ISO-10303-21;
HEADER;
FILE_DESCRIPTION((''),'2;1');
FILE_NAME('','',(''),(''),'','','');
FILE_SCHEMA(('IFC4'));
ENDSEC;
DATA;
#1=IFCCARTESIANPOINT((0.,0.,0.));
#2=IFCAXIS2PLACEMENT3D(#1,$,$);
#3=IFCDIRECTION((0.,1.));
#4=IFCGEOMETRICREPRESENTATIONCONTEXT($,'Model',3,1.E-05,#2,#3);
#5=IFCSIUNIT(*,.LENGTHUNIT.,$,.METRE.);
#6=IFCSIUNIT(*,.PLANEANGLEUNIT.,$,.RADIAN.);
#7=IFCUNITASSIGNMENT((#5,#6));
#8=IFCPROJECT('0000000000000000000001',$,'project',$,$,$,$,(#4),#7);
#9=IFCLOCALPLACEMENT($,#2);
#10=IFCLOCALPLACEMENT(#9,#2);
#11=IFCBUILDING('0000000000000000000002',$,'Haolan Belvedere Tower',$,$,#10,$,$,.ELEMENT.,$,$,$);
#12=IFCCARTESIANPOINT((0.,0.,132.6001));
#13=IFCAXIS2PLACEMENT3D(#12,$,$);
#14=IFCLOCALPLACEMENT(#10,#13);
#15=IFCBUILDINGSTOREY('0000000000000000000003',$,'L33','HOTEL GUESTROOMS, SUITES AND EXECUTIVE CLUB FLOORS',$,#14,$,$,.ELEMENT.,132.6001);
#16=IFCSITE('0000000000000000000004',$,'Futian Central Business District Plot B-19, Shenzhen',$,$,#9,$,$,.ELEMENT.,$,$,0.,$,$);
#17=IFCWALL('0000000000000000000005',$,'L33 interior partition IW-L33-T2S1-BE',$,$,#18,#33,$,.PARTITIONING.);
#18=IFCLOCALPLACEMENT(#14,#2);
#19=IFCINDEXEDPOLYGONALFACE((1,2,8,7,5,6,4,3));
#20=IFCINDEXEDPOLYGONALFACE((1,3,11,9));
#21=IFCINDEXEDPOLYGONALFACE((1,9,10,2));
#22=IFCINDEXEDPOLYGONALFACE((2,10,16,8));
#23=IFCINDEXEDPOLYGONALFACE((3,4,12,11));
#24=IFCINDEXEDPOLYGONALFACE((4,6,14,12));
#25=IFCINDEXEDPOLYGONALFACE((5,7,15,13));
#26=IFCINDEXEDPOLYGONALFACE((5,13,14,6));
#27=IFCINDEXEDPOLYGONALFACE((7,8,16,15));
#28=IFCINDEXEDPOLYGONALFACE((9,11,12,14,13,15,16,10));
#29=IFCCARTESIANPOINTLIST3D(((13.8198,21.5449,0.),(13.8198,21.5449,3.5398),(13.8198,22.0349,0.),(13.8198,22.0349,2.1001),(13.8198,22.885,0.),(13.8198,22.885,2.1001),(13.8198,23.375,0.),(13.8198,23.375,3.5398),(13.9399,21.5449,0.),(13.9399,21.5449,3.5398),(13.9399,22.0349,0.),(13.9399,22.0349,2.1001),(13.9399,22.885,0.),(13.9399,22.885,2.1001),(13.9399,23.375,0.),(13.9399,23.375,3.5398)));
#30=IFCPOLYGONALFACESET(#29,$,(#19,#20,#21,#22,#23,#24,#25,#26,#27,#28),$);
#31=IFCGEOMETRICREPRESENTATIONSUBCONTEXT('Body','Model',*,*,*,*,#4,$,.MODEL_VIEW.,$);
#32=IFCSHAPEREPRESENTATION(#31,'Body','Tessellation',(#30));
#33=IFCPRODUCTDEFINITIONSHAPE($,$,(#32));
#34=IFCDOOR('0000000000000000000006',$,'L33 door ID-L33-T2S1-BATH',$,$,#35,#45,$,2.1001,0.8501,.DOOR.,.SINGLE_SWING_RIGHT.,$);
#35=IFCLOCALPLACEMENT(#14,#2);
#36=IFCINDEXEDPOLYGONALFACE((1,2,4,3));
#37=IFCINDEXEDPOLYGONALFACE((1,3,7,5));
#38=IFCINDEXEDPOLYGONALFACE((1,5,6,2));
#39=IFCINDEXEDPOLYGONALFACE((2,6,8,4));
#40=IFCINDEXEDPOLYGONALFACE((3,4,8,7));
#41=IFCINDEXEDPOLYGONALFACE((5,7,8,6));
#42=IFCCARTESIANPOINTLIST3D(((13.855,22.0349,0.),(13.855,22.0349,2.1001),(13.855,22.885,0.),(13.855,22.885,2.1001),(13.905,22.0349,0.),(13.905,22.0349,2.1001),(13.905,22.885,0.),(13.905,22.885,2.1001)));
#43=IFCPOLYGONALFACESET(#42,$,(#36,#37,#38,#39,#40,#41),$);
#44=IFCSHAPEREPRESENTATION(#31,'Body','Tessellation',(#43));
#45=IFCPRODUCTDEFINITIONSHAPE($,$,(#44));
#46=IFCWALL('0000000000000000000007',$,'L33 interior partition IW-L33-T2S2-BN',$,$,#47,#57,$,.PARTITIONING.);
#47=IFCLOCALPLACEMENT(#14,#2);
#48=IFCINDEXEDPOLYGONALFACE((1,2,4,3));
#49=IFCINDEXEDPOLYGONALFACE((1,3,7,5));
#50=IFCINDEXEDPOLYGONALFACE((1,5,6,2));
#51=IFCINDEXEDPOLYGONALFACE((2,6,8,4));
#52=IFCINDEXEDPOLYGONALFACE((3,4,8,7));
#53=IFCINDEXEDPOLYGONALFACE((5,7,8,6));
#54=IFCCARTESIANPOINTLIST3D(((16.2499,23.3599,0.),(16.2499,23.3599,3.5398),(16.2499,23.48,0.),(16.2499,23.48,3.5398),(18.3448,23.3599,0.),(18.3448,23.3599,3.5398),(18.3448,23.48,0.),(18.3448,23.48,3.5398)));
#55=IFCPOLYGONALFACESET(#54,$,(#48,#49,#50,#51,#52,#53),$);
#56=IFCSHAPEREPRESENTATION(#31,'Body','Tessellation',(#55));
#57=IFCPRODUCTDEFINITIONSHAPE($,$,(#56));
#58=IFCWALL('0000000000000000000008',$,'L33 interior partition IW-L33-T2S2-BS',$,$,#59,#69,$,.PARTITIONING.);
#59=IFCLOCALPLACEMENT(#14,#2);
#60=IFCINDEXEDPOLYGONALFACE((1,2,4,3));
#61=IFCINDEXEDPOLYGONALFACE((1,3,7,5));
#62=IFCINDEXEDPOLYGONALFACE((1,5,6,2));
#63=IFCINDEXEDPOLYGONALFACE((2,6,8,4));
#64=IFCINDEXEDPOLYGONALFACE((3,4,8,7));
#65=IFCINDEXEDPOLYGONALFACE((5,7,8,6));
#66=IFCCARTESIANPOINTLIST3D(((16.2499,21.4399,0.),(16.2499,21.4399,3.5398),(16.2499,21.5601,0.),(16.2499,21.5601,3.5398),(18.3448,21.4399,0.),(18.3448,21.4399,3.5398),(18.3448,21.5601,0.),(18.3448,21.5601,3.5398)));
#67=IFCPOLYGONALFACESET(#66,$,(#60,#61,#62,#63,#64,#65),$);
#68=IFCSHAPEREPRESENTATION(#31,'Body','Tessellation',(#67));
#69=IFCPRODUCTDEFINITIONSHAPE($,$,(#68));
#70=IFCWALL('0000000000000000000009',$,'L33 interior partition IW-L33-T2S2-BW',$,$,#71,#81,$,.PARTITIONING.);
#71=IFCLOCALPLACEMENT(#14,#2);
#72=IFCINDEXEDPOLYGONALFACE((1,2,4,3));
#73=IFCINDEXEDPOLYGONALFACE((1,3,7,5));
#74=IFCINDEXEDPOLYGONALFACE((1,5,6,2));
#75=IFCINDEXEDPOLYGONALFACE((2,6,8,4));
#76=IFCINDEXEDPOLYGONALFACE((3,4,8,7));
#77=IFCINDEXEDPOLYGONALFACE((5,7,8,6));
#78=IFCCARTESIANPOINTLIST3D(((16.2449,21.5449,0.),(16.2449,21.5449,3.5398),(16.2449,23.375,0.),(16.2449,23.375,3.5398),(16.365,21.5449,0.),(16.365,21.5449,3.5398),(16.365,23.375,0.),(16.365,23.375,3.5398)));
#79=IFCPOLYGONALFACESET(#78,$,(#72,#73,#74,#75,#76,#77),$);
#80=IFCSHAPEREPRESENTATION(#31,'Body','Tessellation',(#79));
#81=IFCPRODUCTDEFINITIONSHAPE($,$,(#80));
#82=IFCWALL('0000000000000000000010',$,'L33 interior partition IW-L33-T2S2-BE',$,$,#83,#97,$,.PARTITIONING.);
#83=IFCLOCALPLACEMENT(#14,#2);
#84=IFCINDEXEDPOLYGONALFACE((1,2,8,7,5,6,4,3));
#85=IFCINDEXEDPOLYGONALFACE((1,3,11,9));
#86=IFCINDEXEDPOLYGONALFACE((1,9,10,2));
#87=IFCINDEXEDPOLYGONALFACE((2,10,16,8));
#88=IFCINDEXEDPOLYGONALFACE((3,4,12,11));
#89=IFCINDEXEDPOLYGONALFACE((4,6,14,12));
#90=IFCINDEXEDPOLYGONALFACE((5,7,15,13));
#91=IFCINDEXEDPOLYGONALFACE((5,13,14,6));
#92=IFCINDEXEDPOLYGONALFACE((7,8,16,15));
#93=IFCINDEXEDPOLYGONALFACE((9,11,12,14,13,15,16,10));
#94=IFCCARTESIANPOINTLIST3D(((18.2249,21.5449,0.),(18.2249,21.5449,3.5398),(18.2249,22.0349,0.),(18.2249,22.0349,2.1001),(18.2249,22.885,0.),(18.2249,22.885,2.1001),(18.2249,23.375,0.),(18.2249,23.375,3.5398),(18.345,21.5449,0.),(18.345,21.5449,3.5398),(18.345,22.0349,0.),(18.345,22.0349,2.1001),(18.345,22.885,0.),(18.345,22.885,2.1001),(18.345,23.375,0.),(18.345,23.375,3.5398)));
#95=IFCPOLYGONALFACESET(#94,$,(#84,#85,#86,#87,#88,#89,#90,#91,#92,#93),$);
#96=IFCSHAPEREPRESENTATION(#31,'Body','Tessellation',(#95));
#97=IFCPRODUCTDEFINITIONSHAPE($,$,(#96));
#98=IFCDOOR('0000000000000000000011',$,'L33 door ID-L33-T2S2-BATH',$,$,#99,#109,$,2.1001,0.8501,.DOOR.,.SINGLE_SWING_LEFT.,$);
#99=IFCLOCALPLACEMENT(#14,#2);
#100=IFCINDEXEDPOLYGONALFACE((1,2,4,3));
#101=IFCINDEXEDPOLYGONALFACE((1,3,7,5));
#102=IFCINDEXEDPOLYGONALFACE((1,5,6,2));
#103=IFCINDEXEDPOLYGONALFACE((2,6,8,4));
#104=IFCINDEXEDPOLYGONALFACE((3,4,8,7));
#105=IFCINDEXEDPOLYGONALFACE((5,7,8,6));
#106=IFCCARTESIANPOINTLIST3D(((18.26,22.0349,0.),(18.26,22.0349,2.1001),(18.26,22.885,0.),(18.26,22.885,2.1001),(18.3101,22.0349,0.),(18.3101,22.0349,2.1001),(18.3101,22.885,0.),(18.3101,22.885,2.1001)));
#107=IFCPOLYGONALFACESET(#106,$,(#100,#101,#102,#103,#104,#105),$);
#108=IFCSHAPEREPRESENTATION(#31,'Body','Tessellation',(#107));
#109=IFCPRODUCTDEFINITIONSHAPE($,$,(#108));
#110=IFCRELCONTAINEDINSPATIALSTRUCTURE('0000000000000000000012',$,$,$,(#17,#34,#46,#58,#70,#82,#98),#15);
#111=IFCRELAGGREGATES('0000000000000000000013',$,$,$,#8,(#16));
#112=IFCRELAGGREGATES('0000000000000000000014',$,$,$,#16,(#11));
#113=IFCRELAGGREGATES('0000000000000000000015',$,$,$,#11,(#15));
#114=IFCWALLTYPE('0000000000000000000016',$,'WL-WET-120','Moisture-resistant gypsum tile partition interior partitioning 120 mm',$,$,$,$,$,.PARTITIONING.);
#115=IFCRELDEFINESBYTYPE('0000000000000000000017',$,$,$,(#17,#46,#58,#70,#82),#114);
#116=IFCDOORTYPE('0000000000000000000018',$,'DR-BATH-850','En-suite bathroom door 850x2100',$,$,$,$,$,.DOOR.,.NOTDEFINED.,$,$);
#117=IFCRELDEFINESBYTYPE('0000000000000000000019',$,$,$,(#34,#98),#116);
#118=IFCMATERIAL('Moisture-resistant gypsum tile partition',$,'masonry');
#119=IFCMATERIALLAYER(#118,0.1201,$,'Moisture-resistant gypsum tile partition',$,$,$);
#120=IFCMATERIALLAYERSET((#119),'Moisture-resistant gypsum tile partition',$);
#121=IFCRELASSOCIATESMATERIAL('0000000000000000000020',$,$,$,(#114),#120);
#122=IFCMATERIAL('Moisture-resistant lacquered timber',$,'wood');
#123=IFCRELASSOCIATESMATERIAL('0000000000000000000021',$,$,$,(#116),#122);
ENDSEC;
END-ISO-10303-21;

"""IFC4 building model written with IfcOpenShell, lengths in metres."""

from ifc_helpers import new_model, si_unit, direction, frame, frame_2d, origin, place, context, subcontext, project, spatial, rectangle, extrude, material, layer, layer_set, type_object, element, fill, save


model = new_model("IFC4")

# Units and contexts
model_context = context("Model", 3, precision=1e-05, world=origin(), true_north=direction((0.0, 1.0)))
body_context = subcontext(model_context, "Body", "Model", "MODEL_VIEW")
ifc_project = project(units=[si_unit("LENGTHUNIT", "METRE"), si_unit("PLANEANGLEUNIT", "RADIAN")], contexts=[model_context])

# Site, building, storey
site_placement = place(None, origin())
site = spatial("IfcSite", under=ifc_project, at=site_placement, Name="Futian Central Business District Plot B-19, Shenzhen", CompositionType="ELEMENT", RefElevation=0.0)
building_placement = place(site_placement, origin())
building = spatial("IfcBuilding", under=site, at=building_placement, Name="Haolan Belvedere Tower", CompositionType="ELEMENT")
storey_placement = place(building_placement, frame((0.0, 0.0, 132.6001)))
storey = spatial("IfcBuildingStorey", under=building, at=storey_placement, Name="L33", Description="HOTEL GUESTROOMS, SUITES AND EXECUTIVE CLUB FLOORS", CompositionType="ELEMENT", Elevation=132.6001)

# Shared definitions
ifc_material_1 = material(Name="Moisture-resistant gypsum tile partition", Category="masonry")
ifc_layer_1 = layer(ifc_material_1, 0.1201, Name="Moisture-resistant gypsum tile partition")
ifc_layer_set_1 = layer_set([ifc_layer_1], Name="Moisture-resistant gypsum tile partition")
wall_type_1 = type_object("IfcWallType", Name="WL-WET-120", Description="Moisture-resistant gypsum tile partition interior partitioning 120 mm", PredefinedType="PARTITIONING", material=ifc_layer_set_1)

# Wall, opening, door
wall_1_placement = place(storey_placement, frame((13.8799, 21.5449, 0.0), z_axis=(0.0, 0.0, 1.0), x_axis=(0.0, 1.0, 0.0)))
wall_1 = element("IfcWall", 1, at=wall_1_placement, inside=storey, type_object=wall_type_1, Name="L33 interior partition IW-L33-T2S1-BE", PredefinedType="PARTITIONING", context=body_context, shape_type="SweptSolid", body=[
    extrude(rectangle(XDim=1.8301, YDim=0.1201, at=frame_2d((0.915, 0.0))), origin(), (0.0, 0.0, 1.0), 3.5398),
])
opening_1_placement = place(wall_1_placement, frame((0.49, 0.0, 0.0)))
opening_1 = element("IfcOpeningElement", 2, at=opening_1_placement, cuts=wall_1, PredefinedType="OPENING", context=body_context, shape_type="SweptSolid", body=[
    extrude(rectangle(XDim=0.8501, YDim=2.1001, at=frame_2d((0.425, 1.05))), frame((0.0, 0.0701, 0.0), z_axis=(0.0, -1.0, 0.0), x_axis=(1.0, 0.0, 0.0)), (0.0, 0.0, 1.0), 0.1401),
])
ifc_material_2 = material(Name="Moisture-resistant lacquered timber", Category="wood")
door_type_1 = type_object("IfcDoorType", Name="DR-BATH-850", Description="En-suite bathroom door 850x2100", OperationType="NOTDEFINED", PredefinedType="DOOR", material=ifc_material_2)
door_1_placement = place(opening_1_placement, origin())
door_1 = element("IfcDoor", 3, at=door_1_placement, inside=storey, type_object=door_type_1, Name="L33 door ID-L33-T2S1-BATH", OperationType="SINGLE_SWING_RIGHT", OverallHeight=2.1001, OverallWidth=0.8501, PredefinedType="DOOR", context=body_context, shape_type="SweptSolid", body=[
    extrude(rectangle(XDim=0.8501, YDim=2.1001, at=frame_2d((0.425, 1.05))), frame((0.0, 0.0249, 0.0), z_axis=(0.0, -1.0, 0.0), x_axis=(1.0, 0.0, 0.0)), (0.0, 0.0, 1.0), 0.05),
])
fill(opening_1, door_1)

# Walls
for number, where, z_axis, x_axis, name in (
    (4, (16.25, 23.4199, 0.0), (0.0, 0.0, 1.0), (1.0, 0.0, 0.0), "L33 interior partition IW-L33-T2S2-BN"),
    (5, (16.25, 21.5, 0.0), (0.0, 0.0, 1.0), (1.0, 0.0, 0.0), "L33 interior partition IW-L33-T2S2-BS"),
):
    element("IfcWall", number, at=place(storey_placement, frame(where, z_axis=z_axis, x_axis=x_axis)), inside=storey, type_object=wall_type_1, Name=name, PredefinedType="PARTITIONING", context=body_context, shape_type="SweptSolid", body=[
        extrude(rectangle(XDim=2.095, YDim=0.1201, at=frame_2d((1.0474, 0.0))), origin(), (0.0, 0.0, 1.0), 3.5398),
    ])
wall_2_placement = place(storey_placement, frame((16.3049, 21.5449, 0.0), z_axis=(0.0, 0.0, 1.0), x_axis=(0.0, 1.0, 0.0)))
element("IfcWall", 6, at=wall_2_placement, inside=storey, type_object=wall_type_1, Name="L33 interior partition IW-L33-T2S2-BW", PredefinedType="PARTITIONING", context=body_context, shape_type="SweptSolid", body=[
    extrude(rectangle(XDim=1.8301, YDim=0.1201, at=frame_2d((0.915, 0.0))), origin(), (0.0, 0.0, 1.0), 3.5398),
])

# Wall, opening, door
wall_3_placement = place(storey_placement, frame((18.2849, 21.5449, 0.0), z_axis=(0.0, 0.0, 1.0), x_axis=(0.0, 1.0, 0.0)))
wall_3 = element("IfcWall", 7, at=wall_3_placement, inside=storey, type_object=wall_type_1, Name="L33 interior partition IW-L33-T2S2-BE", PredefinedType="PARTITIONING", context=body_context, shape_type="SweptSolid", body=[
    extrude(rectangle(XDim=1.8301, YDim=0.1201, at=frame_2d((0.915, 0.0))), origin(), (0.0, 0.0, 1.0), 3.5398),
])
opening_2_placement = place(wall_3_placement, frame((0.49, 0.0, 0.0)))
opening_2 = element("IfcOpeningElement", 8, at=opening_2_placement, cuts=wall_3, PredefinedType="OPENING", context=body_context, shape_type="SweptSolid", body=[
    extrude(rectangle(XDim=0.8501, YDim=2.1001, at=frame_2d((0.425, 1.05))), frame((0.0, 0.0701, 0.0), z_axis=(0.0, -1.0, 0.0), x_axis=(1.0, 0.0, 0.0)), (0.0, 0.0, 1.0), 0.1401),
])
door_2_placement = place(opening_2_placement, origin())
door_2 = element("IfcDoor", 9, at=door_2_placement, inside=storey, type_object=door_type_1, Name="L33 door ID-L33-T2S2-BATH", OperationType="SINGLE_SWING_LEFT", OverallHeight=2.1001, OverallWidth=0.8501, PredefinedType="DOOR", context=body_context, shape_type="SweptSolid", body=[
    extrude(rectangle(XDim=0.8501, YDim=2.1001, at=frame_2d((0.425, 1.05))), frame((0.0, 0.0249, 0.0), z_axis=(0.0, -1.0, 0.0), x_axis=(1.0, 0.0, 0.0)), (0.0, 0.0, 1.0), 0.05),
])
fill(opening_2, door_2)

save(model, "model.ifc")
